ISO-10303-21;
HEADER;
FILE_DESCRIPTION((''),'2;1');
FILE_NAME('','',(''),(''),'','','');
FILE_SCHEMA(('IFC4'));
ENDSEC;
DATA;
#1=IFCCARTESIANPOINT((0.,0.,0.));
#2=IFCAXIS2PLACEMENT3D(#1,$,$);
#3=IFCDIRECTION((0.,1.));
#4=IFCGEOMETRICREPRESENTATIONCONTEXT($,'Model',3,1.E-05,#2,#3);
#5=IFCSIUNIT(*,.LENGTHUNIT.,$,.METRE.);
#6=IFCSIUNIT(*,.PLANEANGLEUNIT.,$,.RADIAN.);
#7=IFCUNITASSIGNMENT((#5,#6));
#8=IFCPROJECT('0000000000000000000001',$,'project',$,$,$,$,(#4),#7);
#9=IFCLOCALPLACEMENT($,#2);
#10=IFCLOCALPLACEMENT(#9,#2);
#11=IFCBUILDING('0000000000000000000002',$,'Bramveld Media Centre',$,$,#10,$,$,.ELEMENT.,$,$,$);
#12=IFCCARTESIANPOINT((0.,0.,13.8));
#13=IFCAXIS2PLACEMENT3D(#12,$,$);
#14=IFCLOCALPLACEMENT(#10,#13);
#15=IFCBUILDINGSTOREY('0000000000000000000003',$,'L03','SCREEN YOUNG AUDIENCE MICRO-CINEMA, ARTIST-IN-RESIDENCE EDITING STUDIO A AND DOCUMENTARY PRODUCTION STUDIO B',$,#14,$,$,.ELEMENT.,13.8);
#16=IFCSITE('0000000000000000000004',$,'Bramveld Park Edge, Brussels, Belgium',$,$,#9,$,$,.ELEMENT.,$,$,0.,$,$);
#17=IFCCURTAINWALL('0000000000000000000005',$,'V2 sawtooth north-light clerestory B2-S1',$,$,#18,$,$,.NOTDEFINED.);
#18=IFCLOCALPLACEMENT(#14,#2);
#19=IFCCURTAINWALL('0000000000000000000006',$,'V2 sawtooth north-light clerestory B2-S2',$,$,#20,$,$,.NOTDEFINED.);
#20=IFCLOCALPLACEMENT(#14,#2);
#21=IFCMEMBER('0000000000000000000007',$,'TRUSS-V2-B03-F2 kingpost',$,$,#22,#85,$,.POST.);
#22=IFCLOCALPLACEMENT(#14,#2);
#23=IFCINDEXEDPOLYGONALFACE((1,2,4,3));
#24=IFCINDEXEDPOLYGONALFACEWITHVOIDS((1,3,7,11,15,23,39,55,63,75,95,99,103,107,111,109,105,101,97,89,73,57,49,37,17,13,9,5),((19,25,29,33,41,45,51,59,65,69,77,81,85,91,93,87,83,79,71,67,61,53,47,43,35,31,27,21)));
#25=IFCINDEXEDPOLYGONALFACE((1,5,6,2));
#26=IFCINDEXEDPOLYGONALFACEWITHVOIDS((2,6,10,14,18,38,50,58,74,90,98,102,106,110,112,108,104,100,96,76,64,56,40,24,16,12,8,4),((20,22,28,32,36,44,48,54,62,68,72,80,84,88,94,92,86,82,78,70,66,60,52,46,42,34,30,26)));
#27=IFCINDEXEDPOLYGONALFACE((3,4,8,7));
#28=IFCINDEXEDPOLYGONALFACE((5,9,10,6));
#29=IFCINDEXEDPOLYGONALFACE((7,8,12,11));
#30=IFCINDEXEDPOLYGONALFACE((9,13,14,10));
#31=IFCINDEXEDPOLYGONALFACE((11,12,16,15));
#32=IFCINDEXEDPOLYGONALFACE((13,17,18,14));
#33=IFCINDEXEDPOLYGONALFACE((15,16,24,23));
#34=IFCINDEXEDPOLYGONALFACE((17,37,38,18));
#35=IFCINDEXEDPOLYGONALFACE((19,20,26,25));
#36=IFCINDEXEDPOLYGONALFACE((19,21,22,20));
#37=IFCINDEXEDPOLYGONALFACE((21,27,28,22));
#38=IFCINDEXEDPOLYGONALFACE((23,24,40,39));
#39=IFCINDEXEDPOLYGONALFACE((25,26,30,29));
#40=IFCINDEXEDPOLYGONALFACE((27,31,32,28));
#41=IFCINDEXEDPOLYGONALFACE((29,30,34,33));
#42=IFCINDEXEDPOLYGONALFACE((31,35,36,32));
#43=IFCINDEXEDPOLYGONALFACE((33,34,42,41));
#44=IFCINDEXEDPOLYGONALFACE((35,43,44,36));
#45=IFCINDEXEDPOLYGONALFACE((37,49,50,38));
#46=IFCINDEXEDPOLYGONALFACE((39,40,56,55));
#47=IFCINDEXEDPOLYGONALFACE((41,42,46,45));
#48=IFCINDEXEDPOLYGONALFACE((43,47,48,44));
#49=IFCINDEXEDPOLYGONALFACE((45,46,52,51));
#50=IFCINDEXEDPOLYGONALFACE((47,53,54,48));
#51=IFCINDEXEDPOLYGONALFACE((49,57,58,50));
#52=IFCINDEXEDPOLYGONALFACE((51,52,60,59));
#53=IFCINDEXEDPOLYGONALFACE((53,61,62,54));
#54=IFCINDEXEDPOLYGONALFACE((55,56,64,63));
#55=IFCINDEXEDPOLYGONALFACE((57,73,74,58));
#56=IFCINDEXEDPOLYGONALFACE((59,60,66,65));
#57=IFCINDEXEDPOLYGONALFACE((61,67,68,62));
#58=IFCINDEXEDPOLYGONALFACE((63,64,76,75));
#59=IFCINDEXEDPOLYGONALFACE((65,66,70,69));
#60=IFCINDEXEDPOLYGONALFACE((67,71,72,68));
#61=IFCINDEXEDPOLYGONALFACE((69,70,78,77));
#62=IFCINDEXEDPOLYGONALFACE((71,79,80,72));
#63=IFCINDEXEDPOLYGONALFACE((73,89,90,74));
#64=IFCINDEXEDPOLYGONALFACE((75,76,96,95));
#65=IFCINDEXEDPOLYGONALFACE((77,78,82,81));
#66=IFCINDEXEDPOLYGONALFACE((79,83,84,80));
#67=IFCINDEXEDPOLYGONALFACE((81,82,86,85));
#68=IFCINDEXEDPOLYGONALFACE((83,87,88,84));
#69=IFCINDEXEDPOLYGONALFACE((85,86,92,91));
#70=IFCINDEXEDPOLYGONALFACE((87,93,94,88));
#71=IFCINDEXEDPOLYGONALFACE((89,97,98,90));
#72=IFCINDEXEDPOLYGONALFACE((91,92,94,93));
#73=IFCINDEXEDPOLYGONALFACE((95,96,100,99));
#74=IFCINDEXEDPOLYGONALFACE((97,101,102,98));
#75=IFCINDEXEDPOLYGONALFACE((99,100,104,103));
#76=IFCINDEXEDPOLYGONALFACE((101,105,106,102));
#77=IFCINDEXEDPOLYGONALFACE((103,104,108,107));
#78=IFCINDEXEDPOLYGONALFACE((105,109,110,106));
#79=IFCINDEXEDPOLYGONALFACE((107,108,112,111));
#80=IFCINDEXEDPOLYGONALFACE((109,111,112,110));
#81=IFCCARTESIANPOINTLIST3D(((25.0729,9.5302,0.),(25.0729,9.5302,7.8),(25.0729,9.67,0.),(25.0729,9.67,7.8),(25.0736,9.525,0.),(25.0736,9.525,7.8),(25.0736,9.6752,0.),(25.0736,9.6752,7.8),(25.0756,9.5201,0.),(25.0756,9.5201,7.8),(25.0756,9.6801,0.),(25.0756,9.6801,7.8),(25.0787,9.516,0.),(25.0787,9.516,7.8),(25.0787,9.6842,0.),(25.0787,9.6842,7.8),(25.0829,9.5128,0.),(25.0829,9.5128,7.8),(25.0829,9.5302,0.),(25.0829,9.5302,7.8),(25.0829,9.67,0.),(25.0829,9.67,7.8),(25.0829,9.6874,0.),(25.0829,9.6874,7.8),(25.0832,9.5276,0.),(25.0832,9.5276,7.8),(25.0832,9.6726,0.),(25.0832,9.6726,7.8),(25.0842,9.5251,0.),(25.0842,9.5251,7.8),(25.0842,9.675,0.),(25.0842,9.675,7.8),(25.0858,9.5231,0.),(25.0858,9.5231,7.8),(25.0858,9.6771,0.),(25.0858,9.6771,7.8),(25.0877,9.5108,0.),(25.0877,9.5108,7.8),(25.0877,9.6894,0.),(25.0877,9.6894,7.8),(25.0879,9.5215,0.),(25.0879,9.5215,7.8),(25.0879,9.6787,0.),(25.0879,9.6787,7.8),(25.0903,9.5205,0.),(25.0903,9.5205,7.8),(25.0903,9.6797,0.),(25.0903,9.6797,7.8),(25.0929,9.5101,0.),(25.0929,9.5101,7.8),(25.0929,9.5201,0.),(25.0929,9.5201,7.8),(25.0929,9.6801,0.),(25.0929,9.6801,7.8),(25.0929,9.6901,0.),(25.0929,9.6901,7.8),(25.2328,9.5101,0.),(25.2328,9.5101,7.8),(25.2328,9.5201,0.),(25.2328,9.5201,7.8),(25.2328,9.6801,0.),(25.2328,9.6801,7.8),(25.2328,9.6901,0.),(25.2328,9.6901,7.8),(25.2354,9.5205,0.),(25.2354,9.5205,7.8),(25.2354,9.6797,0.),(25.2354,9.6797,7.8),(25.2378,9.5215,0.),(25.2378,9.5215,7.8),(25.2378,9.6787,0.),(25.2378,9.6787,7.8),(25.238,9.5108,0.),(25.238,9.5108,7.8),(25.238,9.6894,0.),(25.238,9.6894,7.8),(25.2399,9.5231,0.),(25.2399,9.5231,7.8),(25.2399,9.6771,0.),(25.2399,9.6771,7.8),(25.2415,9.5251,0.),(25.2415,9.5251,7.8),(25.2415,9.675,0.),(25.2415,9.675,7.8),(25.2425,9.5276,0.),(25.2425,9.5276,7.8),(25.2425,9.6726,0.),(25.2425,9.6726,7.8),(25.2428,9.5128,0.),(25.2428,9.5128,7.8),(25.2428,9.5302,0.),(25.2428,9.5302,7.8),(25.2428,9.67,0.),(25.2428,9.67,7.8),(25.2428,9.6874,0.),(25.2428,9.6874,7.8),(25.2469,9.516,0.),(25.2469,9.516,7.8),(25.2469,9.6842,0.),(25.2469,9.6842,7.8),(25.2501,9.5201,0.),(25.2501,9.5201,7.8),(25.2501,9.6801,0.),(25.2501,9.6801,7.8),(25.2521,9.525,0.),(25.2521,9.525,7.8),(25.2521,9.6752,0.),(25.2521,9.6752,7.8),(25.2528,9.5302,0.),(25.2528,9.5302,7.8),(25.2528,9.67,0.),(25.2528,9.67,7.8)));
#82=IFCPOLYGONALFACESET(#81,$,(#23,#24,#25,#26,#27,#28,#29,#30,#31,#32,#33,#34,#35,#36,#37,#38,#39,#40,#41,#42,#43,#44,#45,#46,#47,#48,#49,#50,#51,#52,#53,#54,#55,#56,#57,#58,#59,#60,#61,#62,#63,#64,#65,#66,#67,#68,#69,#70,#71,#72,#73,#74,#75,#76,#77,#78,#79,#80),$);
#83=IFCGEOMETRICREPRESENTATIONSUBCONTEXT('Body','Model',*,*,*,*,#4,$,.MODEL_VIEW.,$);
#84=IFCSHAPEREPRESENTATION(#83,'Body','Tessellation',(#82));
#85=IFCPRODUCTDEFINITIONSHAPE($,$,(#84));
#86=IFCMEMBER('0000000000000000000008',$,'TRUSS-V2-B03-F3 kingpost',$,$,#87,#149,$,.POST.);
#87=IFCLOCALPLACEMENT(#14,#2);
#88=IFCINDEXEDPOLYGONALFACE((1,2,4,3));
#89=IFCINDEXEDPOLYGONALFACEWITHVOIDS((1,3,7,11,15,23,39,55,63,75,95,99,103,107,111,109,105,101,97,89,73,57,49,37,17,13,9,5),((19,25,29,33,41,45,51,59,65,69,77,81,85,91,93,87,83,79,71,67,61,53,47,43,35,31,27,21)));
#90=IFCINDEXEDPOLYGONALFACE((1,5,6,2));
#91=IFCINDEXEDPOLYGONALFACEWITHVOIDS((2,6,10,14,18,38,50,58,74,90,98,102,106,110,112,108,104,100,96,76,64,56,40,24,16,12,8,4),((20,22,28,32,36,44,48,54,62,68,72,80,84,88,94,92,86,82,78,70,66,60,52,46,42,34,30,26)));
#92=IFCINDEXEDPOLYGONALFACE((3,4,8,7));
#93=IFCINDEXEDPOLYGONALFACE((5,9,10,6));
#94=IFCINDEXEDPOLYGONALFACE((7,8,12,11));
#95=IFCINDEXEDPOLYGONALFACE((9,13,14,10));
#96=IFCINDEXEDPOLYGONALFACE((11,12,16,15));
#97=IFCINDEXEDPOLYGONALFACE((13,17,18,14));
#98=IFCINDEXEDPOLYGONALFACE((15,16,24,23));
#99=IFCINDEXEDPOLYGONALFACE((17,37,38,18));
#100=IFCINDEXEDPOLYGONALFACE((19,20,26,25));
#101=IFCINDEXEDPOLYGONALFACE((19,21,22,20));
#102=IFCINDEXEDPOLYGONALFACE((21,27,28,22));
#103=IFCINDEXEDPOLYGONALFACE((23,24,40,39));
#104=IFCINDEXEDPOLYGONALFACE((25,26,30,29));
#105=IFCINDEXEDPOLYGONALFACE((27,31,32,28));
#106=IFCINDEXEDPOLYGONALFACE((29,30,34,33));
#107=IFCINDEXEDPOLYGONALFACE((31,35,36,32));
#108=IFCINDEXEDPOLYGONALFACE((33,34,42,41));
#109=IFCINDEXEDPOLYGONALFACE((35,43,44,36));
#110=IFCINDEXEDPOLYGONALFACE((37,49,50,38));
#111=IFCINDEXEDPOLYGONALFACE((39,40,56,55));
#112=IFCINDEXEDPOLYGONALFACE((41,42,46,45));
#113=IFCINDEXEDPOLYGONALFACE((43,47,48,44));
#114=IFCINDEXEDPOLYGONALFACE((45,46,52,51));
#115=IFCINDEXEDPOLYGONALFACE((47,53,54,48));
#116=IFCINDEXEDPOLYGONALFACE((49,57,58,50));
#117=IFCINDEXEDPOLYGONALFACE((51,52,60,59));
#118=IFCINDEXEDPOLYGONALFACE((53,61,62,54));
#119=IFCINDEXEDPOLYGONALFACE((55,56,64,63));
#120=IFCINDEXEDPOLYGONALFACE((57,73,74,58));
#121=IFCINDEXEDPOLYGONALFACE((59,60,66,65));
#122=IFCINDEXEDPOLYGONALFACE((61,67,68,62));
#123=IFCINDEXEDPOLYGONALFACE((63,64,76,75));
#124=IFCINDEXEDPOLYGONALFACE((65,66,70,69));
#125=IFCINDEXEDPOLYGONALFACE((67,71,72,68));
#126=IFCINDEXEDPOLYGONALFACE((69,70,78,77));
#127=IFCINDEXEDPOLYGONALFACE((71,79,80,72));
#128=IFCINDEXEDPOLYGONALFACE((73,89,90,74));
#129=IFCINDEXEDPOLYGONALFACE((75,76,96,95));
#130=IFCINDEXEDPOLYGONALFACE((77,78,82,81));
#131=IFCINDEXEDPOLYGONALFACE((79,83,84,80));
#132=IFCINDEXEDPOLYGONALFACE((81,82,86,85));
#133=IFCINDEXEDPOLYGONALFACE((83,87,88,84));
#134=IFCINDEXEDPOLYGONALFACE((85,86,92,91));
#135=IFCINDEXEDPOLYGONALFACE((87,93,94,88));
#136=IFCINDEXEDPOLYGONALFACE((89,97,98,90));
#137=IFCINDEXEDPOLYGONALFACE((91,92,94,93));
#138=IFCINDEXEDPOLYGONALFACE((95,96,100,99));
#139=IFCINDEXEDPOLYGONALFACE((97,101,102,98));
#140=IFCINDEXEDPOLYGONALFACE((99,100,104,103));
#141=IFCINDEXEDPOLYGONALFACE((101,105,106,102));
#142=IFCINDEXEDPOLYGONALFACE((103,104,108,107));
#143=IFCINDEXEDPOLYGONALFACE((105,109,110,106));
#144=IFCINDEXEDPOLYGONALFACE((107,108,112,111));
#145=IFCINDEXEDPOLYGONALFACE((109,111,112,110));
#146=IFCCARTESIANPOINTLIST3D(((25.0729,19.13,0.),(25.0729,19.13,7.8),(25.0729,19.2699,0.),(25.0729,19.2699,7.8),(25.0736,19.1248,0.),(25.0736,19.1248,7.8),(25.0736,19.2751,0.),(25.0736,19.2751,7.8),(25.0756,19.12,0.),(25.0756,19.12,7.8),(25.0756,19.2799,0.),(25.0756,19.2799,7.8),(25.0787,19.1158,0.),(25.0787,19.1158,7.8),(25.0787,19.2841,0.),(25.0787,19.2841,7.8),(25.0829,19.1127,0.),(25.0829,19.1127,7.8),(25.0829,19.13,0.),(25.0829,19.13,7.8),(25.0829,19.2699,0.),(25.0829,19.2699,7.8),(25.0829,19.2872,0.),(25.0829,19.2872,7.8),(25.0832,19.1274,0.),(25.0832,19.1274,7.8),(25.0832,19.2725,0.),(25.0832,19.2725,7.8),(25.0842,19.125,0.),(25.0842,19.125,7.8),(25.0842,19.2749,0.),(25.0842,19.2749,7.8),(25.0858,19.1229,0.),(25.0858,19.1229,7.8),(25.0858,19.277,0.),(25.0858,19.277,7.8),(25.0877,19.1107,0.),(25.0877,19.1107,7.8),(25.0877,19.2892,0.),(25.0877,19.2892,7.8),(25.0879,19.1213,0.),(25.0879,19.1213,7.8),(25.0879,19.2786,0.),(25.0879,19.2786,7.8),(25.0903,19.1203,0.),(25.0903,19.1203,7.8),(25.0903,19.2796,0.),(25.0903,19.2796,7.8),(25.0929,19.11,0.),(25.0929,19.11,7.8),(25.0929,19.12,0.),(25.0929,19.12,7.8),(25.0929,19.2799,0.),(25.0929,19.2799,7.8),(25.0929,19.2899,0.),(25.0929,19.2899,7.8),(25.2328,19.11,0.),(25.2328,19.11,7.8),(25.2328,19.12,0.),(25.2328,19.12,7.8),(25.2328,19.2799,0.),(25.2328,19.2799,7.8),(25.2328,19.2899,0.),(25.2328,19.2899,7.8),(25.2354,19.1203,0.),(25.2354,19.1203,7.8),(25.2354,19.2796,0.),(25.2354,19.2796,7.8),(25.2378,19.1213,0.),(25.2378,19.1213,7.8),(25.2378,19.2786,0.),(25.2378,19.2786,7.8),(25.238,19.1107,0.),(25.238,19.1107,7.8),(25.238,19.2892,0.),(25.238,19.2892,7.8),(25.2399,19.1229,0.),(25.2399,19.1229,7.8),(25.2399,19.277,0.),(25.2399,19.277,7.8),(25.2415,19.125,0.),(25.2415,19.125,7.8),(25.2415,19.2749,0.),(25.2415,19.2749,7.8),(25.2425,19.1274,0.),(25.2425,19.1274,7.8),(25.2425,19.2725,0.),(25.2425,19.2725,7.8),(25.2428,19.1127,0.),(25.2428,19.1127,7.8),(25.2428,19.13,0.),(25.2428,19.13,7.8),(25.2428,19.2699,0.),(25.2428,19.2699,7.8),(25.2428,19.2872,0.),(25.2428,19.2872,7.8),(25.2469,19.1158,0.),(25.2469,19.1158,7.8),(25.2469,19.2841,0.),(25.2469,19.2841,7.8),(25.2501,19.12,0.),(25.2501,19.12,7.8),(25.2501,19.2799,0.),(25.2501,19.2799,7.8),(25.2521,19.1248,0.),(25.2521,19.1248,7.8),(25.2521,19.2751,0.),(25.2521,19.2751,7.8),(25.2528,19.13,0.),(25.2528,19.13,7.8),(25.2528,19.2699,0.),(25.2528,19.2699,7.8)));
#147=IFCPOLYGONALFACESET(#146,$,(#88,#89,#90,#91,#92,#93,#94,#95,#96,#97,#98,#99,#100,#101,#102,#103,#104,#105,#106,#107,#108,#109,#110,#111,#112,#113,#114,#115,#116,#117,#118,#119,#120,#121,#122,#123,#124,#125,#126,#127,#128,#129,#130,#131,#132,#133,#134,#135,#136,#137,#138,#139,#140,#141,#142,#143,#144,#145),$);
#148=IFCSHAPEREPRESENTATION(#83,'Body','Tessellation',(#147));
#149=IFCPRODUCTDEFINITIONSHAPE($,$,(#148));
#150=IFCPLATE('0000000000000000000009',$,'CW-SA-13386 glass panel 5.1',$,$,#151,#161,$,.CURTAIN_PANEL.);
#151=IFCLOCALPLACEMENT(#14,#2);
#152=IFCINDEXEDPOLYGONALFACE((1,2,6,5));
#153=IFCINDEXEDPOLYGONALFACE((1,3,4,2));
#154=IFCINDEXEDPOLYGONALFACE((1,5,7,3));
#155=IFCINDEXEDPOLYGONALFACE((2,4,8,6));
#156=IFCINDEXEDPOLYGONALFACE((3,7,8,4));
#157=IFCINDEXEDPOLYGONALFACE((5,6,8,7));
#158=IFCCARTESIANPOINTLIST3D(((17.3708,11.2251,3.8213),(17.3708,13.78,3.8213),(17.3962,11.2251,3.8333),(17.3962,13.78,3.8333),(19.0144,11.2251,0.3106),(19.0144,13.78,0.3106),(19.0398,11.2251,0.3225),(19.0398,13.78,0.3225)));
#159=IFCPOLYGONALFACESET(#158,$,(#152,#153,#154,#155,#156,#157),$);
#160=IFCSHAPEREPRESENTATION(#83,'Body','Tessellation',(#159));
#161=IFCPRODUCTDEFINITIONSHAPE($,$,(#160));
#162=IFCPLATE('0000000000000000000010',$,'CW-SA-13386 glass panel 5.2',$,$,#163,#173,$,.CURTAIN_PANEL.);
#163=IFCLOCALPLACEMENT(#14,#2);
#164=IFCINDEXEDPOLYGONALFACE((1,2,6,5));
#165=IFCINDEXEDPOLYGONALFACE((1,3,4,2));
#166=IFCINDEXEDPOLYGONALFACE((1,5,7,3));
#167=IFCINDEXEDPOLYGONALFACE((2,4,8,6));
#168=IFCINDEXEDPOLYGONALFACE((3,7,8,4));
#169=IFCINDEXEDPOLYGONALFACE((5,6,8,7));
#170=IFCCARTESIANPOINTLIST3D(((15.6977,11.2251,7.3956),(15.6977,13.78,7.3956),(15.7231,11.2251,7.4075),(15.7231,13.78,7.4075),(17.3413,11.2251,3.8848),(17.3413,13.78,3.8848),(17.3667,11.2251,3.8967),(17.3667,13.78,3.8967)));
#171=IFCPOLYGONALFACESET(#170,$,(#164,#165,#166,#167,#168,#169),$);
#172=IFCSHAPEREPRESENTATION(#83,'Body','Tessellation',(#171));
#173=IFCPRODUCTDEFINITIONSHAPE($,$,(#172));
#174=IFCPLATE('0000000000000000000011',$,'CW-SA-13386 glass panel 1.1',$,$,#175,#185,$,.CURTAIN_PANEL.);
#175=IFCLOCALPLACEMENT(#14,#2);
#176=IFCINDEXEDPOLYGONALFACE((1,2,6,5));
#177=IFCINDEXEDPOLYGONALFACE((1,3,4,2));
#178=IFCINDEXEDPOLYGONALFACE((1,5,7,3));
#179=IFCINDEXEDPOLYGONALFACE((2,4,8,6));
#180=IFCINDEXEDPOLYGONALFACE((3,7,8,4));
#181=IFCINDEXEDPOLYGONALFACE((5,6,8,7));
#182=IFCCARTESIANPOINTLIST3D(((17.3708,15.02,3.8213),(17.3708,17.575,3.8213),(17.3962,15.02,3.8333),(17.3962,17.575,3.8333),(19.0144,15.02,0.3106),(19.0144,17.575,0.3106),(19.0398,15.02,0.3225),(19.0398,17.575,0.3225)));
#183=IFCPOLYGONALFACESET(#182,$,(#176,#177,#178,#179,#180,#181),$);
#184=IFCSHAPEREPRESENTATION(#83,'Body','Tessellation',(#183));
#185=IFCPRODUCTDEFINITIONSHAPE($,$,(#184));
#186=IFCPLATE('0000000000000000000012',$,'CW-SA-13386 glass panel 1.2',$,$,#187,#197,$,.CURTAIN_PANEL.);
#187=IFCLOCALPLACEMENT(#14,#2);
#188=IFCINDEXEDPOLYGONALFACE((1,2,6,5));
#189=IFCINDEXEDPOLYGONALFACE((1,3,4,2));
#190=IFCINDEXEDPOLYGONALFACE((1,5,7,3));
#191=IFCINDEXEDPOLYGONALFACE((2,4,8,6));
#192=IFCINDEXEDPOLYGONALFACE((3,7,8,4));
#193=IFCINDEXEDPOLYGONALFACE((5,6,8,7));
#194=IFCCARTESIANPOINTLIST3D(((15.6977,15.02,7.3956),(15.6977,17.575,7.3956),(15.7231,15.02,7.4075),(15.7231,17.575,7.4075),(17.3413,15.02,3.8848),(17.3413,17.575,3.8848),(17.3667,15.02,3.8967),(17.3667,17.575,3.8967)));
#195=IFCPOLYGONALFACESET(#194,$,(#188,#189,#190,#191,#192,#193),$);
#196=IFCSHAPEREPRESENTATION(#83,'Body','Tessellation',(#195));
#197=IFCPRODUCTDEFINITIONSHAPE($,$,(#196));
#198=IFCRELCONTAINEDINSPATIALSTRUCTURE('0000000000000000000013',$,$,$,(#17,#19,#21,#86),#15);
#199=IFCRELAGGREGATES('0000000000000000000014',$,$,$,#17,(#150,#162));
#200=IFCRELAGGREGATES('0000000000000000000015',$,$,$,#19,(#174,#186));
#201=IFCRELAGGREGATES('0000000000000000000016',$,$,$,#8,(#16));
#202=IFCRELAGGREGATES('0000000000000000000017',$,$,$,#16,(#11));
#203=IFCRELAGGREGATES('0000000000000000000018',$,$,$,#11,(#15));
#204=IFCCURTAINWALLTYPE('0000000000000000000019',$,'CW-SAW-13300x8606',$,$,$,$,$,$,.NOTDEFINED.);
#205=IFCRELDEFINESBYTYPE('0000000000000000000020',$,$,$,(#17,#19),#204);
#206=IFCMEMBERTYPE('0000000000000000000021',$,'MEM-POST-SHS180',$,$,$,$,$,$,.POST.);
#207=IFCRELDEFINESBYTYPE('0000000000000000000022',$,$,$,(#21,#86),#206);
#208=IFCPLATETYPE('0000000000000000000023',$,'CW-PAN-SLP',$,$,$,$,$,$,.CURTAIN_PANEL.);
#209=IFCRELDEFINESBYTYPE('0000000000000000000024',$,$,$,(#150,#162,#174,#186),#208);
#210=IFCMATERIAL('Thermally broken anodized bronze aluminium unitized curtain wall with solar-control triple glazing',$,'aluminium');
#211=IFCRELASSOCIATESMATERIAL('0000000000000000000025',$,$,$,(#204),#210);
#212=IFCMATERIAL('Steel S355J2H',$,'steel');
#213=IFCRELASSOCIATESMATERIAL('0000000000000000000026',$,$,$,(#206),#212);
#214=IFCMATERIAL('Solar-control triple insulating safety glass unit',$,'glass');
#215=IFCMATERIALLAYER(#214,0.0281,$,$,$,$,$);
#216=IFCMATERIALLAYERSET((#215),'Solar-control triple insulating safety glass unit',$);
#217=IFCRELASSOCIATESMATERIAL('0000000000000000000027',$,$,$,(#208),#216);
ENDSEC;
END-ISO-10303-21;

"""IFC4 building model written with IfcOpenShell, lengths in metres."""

from ifc_helpers import new_model, si_unit, direction, frame, origin, origin_2d, place, context, subcontext, project, spatial, polyline, hollow_rectangle, outline, extrude, material, layer, layer_set, material_profile, profile_set, type_object, element, aggregate, save


model = new_model("IFC4")

# Units and contexts
model_context = context("Model", 3, precision=1e-05, world=origin(), true_north=direction((0.0, 1.0)))
body_context = subcontext(model_context, "Body", "Model", "MODEL_VIEW")
ifc_project = project(units=[si_unit("LENGTHUNIT", "METRE"), si_unit("PLANEANGLEUNIT", "RADIAN")], contexts=[model_context])

# Site, building, storey
site_placement = place(None, origin())
site = spatial("IfcSite", under=ifc_project, at=site_placement, Name="Bramveld Park Edge, Brussels, Belgium", CompositionType="ELEMENT", RefElevation=0.0)
building_placement = place(site_placement, origin())
building = spatial("IfcBuilding", under=site, at=building_placement, Name="Bramveld Media Centre", CompositionType="ELEMENT")
storey_placement = place(building_placement, frame((0.0, 0.0, 13.8)))
storey = spatial("IfcBuildingStorey", under=building, at=storey_placement, Name="L03", Description="SCREEN YOUNG AUDIENCE MICRO-CINEMA, ARTIST-IN-RESIDENCE EDITING STUDIO A AND DOCUMENTARY PRODUCTION STUDIO B", CompositionType="ELEMENT", Elevation=13.8)

# Curtain walls
ifc_material_1 = material(Name="Thermally broken anodized bronze aluminium unitized curtain wall with solar-control triple glazing", Category="aluminium")
curtain_wall_type = type_object("IfcCurtainWallType", Name="CW-SAW-13300x8606", PredefinedType="NOTDEFINED", material=ifc_material_1)
curtain_wall_1_placement = place(storey_placement, origin())
curtain_wall_1 = element("IfcCurtainWall", 1, at=curtain_wall_1_placement, inside=storey, type_object=curtain_wall_type, Name="V2 sawtooth north-light clerestory B2-S1", PredefinedType="NOTDEFINED")
curtain_wall_2_placement = place(storey_placement, origin())
curtain_wall_2 = element("IfcCurtainWall", 2, at=curtain_wall_2_placement, inside=storey, type_object=curtain_wall_type, Name="V2 sawtooth north-light clerestory B2-S2", PredefinedType="NOTDEFINED")

# Members
ifc_material_2 = material(Name="Steel S355J2H", Category="steel")
ifc_material_profile_1 = material_profile(ifc_material_2, hollow_rectangle(XDim=0.1799, YDim=0.1799, WallThickness=0.01, InnerFilletRadius=0.01, OuterFilletRadius=0.02, at=origin_2d()), Name="SHS 180x180x10")
ifc_profile_set_1 = profile_set([ifc_material_profile_1], Name="Steel S355J2H")
member_type_1 = type_object("IfcMemberType", Name="MEM-POST-SHS180", PredefinedType="POST", material=ifc_profile_set_1)
for number, where, z_axis, x_axis, name in (
    (3, (25.1628, 9.6001, 0.0), (0.0, 0.0, 1.0), (1.0, 0.0, 0.0), "TRUSS-V2-B03-F2 kingpost"),
    (4, (25.1628, 19.2, 0.0), (0.0, 0.0, 1.0), (1.0, 0.0, 0.0), "TRUSS-V2-B03-F3 kingpost"),
):
    element("IfcMember", number, at=place(storey_placement, frame(where, z_axis=z_axis, x_axis=x_axis)), inside=storey, type_object=member_type_1, Name=name, PredefinedType="POST", context=body_context, shape_type="SweptSolid", body=[
        extrude(hollow_rectangle(XDim=0.1799, YDim=0.1799, WallThickness=0.01, InnerFilletRadius=0.01, OuterFilletRadius=0.02, at=origin_2d()), origin(), (0.0, 0.0, 1.0), 7.8),
    ])

# Plates
ifc_material_3 = material(Name="Solar-control triple insulating safety glass unit", Category="glass")
ifc_layer_1 = layer(ifc_material_3, 0.0281)
ifc_layer_set_1 = layer_set([ifc_layer_1], Name="Solar-control triple insulating safety glass unit")
plate_type_1 = type_object("IfcPlateType", Name="CW-PAN-SLP", PredefinedType="CURTAIN_PANEL", material=ifc_layer_set_1)
plate_1_placement = place(storey_placement, frame((19.0398, 11.2251, 0.3225), z_axis=(0.905668, 0.0, 0.423988), x_axis=(0.0, 1.0, 0.0)))
plate_1 = element("IfcPlate", 5, at=plate_1_placement, type_object=plate_type_1, Name="CW-SA-13386 glass panel 5.1", PredefinedType="CURTAIN_PANEL", context=body_context, shape_type="SweptSolid", body=[
    extrude(outline(polyline([(0.0, 0.0), (2.5549, 0.0), (2.5549, 3.8764), (0.0, 3.8764), (0.0, 0.0)])), origin(), (0.0, 0.0, -1.0), 0.0281),
])
plate_2_placement = place(storey_placement, frame((17.3667, 11.2251, 3.8967), z_axis=(0.905668, 0.0, 0.423988), x_axis=(0.0, 1.0, 0.0)))
plate_2 = element("IfcPlate", 6, at=plate_2_placement, type_object=plate_type_1, Name="CW-SA-13386 glass panel 5.2", PredefinedType="CURTAIN_PANEL", context=body_context, shape_type="SweptSolid", body=[
    extrude(outline(polyline([(0.0, 0.0), (2.5549, 0.0), (2.5549, 3.8764), (0.0, 3.8764), (0.0, 0.0)])), origin(), (0.0, 0.0, -1.0), 0.0281),
])
aggregate(curtain_wall_1, [plate_1, plate_2])
plate_3_placement = place(storey_placement, frame((19.0398, 15.02, 0.3225), z_axis=(0.905668, 0.0, 0.423988), x_axis=(0.0, 1.0, 0.0)))
plate_3 = element("IfcPlate", 7, at=plate_3_placement, type_object=plate_type_1, Name="CW-SA-13386 glass panel 1.1", PredefinedType="CURTAIN_PANEL", context=body_context, shape_type="SweptSolid", body=[
    extrude(outline(polyline([(0.0, 0.0), (2.5549, 0.0), (2.5549, 3.8764), (0.0, 3.8764), (0.0, 0.0)])), origin(), (0.0, 0.0, -1.0), 0.0281),
])
plate_4_placement = place(storey_placement, frame((17.3667, 15.02, 3.8967), z_axis=(0.905668, 0.0, 0.423988), x_axis=(0.0, 1.0, 0.0)))
plate_4 = element("IfcPlate", 8, at=plate_4_placement, type_object=plate_type_1, Name="CW-SA-13386 glass panel 1.2", PredefinedType="CURTAIN_PANEL", context=body_context, shape_type="SweptSolid", body=[
    extrude(outline(polyline([(0.0, 0.0), (2.5549, 0.0), (2.5549, 3.8764), (0.0, 3.8764), (0.0, 0.0)])), origin(), (0.0, 0.0, -1.0), 0.0281),
])
aggregate(curtain_wall_2, [plate_3, plate_4])

save(model, "model.ifc")
